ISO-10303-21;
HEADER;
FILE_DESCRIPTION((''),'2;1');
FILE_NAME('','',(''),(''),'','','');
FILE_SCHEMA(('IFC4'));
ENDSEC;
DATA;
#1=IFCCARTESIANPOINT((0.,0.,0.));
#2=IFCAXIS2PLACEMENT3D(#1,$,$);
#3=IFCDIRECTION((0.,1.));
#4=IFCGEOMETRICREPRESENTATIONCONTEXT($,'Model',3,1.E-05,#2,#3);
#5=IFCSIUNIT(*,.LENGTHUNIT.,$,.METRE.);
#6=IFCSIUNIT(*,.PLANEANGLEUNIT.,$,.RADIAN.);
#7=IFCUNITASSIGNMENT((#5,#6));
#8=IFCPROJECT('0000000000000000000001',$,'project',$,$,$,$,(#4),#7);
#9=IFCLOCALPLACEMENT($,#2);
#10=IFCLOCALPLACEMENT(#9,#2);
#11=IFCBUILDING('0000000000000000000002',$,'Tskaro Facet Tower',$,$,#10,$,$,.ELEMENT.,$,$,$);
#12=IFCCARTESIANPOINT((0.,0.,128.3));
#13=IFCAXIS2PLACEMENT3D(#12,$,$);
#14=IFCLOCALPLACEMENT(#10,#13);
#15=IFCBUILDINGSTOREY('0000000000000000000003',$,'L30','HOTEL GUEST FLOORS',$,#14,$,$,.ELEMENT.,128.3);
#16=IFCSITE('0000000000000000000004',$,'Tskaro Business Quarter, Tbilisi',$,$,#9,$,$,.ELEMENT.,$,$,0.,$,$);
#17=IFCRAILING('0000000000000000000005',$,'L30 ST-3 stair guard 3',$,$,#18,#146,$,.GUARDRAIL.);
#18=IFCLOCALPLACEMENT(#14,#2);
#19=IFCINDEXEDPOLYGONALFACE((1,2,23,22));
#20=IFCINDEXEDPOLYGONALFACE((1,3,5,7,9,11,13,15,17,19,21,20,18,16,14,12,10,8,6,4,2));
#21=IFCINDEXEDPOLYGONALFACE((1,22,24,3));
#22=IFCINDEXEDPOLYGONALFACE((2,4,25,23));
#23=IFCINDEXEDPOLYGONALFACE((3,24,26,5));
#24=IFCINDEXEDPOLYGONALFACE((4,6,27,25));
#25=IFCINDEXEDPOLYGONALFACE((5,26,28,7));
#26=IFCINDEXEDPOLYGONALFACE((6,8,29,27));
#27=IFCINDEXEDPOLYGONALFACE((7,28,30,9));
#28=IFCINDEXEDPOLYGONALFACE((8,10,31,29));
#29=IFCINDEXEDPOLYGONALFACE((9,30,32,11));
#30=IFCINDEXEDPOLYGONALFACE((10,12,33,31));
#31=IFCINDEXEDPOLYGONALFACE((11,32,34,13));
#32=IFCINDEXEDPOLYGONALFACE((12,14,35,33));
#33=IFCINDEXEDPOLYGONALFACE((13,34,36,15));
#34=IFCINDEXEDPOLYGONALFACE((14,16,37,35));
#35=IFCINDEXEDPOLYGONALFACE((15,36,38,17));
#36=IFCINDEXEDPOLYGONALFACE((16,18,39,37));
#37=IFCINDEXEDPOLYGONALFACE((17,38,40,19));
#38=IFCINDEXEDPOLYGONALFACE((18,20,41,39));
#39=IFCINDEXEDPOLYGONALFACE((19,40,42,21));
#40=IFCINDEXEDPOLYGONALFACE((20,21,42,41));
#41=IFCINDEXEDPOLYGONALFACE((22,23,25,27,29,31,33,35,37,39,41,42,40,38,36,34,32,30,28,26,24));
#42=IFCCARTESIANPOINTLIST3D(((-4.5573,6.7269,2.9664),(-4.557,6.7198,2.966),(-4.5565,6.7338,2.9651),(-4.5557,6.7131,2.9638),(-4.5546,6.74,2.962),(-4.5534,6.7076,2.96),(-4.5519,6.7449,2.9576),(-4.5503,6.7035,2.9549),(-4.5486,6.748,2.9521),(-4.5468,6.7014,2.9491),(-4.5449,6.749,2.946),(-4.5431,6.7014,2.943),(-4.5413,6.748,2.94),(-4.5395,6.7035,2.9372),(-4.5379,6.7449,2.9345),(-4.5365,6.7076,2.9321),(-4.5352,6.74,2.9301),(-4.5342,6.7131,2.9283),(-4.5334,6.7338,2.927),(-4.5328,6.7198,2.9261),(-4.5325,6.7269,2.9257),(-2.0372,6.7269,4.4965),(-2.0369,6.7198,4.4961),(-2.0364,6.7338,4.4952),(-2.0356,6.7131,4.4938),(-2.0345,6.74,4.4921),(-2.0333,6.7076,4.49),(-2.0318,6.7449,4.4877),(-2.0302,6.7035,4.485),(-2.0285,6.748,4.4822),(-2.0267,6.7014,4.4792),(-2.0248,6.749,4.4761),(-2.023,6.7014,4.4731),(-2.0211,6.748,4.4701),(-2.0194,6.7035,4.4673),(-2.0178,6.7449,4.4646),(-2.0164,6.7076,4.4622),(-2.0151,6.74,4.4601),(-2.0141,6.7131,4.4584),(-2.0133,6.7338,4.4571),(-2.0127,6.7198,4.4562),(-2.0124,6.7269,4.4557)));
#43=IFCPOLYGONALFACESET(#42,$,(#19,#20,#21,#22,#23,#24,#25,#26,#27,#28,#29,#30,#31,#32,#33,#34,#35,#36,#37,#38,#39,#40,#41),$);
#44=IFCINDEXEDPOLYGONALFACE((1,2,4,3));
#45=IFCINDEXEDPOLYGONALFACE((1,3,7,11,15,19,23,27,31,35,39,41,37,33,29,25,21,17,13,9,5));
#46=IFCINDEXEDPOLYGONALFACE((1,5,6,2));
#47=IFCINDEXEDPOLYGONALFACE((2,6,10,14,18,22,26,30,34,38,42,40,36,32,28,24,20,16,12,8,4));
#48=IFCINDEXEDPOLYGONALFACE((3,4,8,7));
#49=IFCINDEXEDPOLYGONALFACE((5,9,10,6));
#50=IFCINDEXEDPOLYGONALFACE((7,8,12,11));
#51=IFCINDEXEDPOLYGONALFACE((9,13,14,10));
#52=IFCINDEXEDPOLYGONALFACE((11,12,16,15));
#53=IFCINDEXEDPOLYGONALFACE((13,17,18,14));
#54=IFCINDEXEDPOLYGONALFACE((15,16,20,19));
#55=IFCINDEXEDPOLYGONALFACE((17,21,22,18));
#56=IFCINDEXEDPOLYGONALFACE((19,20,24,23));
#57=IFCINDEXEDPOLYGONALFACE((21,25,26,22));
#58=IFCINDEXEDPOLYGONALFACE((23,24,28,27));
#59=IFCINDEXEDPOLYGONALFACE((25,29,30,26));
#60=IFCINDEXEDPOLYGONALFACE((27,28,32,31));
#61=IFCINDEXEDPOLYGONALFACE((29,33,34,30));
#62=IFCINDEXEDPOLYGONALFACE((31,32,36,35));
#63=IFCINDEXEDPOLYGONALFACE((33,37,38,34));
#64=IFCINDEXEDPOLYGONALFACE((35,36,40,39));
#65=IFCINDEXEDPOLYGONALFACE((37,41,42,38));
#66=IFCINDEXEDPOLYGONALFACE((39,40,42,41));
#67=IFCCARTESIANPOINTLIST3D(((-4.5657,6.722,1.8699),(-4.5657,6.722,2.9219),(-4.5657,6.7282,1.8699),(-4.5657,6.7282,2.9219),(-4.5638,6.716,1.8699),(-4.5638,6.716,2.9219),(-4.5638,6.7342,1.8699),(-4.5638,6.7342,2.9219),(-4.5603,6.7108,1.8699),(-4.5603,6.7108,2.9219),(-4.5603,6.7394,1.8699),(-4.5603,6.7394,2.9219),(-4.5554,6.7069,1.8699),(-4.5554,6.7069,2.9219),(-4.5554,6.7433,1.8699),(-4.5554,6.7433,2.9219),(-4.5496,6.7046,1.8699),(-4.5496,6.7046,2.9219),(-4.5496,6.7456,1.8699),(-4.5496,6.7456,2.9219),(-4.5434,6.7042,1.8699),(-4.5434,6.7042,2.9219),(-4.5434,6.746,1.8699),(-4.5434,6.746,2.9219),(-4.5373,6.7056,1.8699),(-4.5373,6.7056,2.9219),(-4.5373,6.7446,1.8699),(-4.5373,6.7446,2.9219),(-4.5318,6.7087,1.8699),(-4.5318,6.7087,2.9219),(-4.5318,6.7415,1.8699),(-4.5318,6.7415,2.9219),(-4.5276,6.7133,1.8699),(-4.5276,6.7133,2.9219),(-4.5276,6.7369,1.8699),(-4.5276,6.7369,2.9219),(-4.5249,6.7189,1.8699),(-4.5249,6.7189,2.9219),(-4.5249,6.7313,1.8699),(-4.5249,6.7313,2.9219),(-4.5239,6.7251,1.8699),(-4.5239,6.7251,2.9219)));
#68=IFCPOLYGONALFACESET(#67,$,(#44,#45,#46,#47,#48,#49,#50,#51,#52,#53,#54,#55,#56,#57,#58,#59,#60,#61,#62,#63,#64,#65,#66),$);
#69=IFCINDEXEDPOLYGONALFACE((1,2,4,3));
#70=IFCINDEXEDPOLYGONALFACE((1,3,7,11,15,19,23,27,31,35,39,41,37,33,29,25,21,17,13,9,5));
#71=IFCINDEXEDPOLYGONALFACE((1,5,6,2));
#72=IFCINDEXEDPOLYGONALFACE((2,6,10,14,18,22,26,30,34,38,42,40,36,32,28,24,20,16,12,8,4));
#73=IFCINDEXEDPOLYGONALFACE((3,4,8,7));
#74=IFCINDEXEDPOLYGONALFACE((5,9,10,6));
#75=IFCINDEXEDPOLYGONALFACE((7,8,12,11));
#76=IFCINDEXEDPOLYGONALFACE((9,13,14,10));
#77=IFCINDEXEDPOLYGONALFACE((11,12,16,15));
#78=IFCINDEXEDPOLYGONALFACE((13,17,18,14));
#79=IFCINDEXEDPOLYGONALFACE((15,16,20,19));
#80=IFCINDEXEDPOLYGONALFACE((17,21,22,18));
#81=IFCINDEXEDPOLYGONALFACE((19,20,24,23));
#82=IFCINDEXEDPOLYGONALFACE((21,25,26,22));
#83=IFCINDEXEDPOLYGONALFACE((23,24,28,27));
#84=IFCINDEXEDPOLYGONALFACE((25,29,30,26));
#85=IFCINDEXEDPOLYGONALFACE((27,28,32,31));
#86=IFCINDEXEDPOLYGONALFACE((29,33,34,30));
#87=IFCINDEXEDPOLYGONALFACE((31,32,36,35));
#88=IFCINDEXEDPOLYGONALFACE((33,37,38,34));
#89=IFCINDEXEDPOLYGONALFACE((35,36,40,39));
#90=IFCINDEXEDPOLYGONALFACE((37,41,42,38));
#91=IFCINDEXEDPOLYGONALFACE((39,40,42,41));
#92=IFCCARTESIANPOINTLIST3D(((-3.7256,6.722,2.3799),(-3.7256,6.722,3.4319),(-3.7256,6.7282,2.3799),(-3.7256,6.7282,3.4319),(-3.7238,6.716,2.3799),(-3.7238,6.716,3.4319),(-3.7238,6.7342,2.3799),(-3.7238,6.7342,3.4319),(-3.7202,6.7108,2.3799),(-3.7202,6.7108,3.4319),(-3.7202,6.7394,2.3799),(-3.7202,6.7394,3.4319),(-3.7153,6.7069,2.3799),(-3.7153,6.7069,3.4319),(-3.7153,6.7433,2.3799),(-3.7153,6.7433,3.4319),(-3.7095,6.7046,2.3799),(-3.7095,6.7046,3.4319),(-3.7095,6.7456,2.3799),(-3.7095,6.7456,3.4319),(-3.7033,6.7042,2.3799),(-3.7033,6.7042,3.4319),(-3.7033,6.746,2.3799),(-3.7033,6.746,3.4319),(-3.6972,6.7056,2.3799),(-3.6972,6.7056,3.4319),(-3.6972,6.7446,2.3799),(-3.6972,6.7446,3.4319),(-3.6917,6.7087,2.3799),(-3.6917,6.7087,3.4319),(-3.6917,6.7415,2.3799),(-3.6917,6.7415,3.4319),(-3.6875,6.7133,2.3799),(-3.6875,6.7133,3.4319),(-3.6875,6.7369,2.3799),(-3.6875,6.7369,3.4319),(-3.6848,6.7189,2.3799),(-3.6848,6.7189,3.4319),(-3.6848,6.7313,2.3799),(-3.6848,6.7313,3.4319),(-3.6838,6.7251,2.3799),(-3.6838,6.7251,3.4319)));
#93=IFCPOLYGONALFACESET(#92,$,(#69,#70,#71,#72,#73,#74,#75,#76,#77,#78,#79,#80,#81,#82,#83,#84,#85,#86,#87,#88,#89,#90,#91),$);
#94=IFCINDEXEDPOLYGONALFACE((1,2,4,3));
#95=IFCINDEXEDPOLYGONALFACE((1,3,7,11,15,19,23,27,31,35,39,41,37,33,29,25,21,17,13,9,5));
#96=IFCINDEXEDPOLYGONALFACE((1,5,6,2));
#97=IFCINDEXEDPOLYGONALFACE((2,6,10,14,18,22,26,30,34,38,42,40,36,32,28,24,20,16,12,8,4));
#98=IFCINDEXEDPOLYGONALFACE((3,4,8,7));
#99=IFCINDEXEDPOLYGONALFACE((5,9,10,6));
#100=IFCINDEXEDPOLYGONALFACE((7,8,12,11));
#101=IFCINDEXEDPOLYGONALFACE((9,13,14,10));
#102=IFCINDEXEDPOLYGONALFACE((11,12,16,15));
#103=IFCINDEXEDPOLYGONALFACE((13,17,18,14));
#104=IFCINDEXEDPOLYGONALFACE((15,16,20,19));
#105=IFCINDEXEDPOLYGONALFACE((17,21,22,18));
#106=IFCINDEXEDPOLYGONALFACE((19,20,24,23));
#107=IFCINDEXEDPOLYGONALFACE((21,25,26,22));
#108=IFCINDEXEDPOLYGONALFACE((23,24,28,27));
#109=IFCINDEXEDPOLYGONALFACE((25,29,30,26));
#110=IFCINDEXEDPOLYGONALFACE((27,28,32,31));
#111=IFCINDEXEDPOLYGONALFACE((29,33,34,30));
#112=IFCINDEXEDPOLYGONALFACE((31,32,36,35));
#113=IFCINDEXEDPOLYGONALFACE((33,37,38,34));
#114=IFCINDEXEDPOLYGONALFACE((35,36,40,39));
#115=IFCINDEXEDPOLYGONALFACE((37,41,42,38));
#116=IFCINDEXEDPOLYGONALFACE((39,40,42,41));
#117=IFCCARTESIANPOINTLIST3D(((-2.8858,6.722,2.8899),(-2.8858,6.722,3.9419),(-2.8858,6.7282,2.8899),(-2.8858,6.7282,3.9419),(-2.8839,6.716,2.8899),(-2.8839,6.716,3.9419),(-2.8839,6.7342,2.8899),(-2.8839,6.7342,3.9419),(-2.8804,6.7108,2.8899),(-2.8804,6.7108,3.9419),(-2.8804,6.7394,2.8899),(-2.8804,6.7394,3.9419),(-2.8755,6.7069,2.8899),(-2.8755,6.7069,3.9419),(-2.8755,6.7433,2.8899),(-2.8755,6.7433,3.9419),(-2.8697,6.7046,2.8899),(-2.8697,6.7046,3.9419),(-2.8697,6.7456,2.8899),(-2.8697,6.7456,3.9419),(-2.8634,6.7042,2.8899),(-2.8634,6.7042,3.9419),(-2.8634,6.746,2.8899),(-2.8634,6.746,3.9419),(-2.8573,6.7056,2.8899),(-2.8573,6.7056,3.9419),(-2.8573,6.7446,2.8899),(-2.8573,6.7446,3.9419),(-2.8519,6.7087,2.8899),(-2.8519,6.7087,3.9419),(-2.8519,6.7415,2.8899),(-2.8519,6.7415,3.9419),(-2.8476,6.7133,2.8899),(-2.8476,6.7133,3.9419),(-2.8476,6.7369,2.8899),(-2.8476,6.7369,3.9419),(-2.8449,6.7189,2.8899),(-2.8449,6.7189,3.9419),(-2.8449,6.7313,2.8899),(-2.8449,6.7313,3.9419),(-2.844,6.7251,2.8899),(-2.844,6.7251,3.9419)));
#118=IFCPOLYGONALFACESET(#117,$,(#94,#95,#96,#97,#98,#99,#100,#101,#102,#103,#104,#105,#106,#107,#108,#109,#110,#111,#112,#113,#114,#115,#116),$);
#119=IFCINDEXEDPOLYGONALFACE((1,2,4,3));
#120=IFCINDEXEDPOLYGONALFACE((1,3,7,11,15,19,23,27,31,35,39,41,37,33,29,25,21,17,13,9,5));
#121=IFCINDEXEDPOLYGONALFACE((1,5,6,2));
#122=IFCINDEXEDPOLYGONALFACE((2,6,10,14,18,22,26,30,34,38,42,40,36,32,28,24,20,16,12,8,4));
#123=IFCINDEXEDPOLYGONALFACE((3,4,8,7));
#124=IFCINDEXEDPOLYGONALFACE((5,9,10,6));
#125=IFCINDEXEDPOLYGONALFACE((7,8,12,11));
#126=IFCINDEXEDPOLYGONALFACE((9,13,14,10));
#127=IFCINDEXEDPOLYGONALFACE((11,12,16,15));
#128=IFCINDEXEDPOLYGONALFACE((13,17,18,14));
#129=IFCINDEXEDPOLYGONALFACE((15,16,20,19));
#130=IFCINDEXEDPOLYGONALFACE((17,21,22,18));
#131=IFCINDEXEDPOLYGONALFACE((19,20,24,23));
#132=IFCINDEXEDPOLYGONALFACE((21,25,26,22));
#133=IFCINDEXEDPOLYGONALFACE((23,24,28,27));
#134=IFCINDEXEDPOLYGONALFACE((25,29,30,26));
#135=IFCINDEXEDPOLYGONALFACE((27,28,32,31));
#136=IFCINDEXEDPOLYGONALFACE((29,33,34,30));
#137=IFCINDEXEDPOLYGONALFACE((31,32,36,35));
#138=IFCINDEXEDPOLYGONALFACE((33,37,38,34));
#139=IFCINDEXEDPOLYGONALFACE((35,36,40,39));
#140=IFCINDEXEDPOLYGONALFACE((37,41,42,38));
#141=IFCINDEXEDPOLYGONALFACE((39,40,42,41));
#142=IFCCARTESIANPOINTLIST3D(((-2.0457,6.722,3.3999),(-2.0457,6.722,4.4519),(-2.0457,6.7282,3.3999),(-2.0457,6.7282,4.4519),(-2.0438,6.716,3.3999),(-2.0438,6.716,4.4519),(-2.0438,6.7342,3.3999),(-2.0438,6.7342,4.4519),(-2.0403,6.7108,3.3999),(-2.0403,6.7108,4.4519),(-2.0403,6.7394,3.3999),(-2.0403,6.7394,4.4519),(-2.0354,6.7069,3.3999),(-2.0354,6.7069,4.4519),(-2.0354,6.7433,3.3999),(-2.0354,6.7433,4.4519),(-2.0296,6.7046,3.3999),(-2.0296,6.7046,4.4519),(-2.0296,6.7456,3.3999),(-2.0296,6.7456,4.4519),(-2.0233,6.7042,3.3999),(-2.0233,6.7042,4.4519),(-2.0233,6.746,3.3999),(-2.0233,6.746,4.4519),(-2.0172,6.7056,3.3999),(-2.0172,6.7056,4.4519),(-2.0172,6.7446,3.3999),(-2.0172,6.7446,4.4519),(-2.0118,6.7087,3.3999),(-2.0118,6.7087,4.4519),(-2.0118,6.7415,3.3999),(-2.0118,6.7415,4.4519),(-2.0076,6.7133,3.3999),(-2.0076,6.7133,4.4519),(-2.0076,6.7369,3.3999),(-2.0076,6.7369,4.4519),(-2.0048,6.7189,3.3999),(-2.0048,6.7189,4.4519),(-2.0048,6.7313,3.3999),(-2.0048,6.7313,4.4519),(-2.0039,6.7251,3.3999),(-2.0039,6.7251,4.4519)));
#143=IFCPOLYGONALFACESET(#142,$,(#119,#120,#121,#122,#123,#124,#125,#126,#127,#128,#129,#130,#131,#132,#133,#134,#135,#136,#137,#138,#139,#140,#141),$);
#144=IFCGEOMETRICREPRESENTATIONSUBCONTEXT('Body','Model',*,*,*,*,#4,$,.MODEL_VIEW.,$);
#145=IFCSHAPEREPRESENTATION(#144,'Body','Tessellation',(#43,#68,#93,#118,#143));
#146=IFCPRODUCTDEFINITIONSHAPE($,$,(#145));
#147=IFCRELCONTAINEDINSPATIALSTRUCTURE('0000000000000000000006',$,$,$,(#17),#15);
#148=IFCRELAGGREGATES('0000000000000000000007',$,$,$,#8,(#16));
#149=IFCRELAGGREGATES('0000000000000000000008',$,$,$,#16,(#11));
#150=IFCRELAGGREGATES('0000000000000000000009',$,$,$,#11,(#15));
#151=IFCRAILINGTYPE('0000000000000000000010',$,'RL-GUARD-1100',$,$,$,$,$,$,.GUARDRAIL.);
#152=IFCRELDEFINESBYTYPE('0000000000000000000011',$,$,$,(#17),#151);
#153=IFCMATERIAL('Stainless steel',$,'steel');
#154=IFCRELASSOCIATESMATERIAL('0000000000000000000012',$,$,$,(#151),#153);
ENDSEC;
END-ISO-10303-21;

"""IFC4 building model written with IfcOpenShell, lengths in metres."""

from ifc_helpers import new_model, si_unit, direction, frame, origin, origin_2d, place, context, subcontext, project, spatial, circle, extrude, material, type_object, element, save


model = new_model("IFC4")

# Units and contexts
model_context = context("Model", 3, precision=1e-05, world=origin(), true_north=direction((0.0, 1.0)))
body_context = subcontext(model_context, "Body", "Model", "MODEL_VIEW")
ifc_project = project(units=[si_unit("LENGTHUNIT", "METRE"), si_unit("PLANEANGLEUNIT", "RADIAN")], contexts=[model_context])

# Site, building, storey
site_placement = place(None, origin())
site = spatial("IfcSite", under=ifc_project, at=site_placement, Name="Tskaro Business Quarter, Tbilisi", CompositionType="ELEMENT", RefElevation=0.0)
building_placement = place(site_placement, origin())
building = spatial("IfcBuilding", under=site, at=building_placement, Name="Tskaro Facet Tower", CompositionType="ELEMENT")
storey_placement = place(building_placement, frame((0.0, 0.0, 128.3)))
storey = spatial("IfcBuildingStorey", under=building, at=storey_placement, Name="L30", Description="HOTEL GUEST FLOORS", CompositionType="ELEMENT", Elevation=128.3)

# Railing
ifc_material_1 = material(Name="Stainless steel", Category="steel")
railing_type_1 = type_object("IfcRailingType", Name="RL-GUARD-1100", PredefinedType="GUARDRAIL", material=ifc_material_1)
railing_1_placement = place(storey_placement, frame((-4.5449, 6.7251, 1.8699)))
element("IfcRailing", 1, at=railing_1_placement, inside=storey, type_object=railing_type_1, Name="L30 ST-3 stair guard 3", PredefinedType="GUARDRAIL", context=body_context, shape_type="SweptSolid", body=[
    extrude(circle(Radius=0.0239, at=origin_2d()), frame((0.0, 0.0, 1.0762), z_axis=(0.854785, 0.0, 0.518982), x_axis=(0.0, 1.0, 0.0)), (0.0, 0.0, 1.0), 2.9482),
    extrude(circle(Radius=0.021, at=origin_2d()), origin(), (0.0, 0.0, 1.0), 1.052),
    extrude(circle(Radius=0.021, at=origin_2d()), frame((0.8401, 0.0, 0.51)), (0.0, 0.0, 1.0), 1.052),
    extrude(circle(Radius=0.021, at=origin_2d()), frame((1.6799, 0.0, 1.02)), (0.0, 0.0, 1.0), 1.052),
    extrude(circle(Radius=0.021, at=origin_2d()), frame((2.52, 0.0, 1.53)), (0.0, 0.0, 1.0), 1.052),
])

save(model, "model.ifc")
